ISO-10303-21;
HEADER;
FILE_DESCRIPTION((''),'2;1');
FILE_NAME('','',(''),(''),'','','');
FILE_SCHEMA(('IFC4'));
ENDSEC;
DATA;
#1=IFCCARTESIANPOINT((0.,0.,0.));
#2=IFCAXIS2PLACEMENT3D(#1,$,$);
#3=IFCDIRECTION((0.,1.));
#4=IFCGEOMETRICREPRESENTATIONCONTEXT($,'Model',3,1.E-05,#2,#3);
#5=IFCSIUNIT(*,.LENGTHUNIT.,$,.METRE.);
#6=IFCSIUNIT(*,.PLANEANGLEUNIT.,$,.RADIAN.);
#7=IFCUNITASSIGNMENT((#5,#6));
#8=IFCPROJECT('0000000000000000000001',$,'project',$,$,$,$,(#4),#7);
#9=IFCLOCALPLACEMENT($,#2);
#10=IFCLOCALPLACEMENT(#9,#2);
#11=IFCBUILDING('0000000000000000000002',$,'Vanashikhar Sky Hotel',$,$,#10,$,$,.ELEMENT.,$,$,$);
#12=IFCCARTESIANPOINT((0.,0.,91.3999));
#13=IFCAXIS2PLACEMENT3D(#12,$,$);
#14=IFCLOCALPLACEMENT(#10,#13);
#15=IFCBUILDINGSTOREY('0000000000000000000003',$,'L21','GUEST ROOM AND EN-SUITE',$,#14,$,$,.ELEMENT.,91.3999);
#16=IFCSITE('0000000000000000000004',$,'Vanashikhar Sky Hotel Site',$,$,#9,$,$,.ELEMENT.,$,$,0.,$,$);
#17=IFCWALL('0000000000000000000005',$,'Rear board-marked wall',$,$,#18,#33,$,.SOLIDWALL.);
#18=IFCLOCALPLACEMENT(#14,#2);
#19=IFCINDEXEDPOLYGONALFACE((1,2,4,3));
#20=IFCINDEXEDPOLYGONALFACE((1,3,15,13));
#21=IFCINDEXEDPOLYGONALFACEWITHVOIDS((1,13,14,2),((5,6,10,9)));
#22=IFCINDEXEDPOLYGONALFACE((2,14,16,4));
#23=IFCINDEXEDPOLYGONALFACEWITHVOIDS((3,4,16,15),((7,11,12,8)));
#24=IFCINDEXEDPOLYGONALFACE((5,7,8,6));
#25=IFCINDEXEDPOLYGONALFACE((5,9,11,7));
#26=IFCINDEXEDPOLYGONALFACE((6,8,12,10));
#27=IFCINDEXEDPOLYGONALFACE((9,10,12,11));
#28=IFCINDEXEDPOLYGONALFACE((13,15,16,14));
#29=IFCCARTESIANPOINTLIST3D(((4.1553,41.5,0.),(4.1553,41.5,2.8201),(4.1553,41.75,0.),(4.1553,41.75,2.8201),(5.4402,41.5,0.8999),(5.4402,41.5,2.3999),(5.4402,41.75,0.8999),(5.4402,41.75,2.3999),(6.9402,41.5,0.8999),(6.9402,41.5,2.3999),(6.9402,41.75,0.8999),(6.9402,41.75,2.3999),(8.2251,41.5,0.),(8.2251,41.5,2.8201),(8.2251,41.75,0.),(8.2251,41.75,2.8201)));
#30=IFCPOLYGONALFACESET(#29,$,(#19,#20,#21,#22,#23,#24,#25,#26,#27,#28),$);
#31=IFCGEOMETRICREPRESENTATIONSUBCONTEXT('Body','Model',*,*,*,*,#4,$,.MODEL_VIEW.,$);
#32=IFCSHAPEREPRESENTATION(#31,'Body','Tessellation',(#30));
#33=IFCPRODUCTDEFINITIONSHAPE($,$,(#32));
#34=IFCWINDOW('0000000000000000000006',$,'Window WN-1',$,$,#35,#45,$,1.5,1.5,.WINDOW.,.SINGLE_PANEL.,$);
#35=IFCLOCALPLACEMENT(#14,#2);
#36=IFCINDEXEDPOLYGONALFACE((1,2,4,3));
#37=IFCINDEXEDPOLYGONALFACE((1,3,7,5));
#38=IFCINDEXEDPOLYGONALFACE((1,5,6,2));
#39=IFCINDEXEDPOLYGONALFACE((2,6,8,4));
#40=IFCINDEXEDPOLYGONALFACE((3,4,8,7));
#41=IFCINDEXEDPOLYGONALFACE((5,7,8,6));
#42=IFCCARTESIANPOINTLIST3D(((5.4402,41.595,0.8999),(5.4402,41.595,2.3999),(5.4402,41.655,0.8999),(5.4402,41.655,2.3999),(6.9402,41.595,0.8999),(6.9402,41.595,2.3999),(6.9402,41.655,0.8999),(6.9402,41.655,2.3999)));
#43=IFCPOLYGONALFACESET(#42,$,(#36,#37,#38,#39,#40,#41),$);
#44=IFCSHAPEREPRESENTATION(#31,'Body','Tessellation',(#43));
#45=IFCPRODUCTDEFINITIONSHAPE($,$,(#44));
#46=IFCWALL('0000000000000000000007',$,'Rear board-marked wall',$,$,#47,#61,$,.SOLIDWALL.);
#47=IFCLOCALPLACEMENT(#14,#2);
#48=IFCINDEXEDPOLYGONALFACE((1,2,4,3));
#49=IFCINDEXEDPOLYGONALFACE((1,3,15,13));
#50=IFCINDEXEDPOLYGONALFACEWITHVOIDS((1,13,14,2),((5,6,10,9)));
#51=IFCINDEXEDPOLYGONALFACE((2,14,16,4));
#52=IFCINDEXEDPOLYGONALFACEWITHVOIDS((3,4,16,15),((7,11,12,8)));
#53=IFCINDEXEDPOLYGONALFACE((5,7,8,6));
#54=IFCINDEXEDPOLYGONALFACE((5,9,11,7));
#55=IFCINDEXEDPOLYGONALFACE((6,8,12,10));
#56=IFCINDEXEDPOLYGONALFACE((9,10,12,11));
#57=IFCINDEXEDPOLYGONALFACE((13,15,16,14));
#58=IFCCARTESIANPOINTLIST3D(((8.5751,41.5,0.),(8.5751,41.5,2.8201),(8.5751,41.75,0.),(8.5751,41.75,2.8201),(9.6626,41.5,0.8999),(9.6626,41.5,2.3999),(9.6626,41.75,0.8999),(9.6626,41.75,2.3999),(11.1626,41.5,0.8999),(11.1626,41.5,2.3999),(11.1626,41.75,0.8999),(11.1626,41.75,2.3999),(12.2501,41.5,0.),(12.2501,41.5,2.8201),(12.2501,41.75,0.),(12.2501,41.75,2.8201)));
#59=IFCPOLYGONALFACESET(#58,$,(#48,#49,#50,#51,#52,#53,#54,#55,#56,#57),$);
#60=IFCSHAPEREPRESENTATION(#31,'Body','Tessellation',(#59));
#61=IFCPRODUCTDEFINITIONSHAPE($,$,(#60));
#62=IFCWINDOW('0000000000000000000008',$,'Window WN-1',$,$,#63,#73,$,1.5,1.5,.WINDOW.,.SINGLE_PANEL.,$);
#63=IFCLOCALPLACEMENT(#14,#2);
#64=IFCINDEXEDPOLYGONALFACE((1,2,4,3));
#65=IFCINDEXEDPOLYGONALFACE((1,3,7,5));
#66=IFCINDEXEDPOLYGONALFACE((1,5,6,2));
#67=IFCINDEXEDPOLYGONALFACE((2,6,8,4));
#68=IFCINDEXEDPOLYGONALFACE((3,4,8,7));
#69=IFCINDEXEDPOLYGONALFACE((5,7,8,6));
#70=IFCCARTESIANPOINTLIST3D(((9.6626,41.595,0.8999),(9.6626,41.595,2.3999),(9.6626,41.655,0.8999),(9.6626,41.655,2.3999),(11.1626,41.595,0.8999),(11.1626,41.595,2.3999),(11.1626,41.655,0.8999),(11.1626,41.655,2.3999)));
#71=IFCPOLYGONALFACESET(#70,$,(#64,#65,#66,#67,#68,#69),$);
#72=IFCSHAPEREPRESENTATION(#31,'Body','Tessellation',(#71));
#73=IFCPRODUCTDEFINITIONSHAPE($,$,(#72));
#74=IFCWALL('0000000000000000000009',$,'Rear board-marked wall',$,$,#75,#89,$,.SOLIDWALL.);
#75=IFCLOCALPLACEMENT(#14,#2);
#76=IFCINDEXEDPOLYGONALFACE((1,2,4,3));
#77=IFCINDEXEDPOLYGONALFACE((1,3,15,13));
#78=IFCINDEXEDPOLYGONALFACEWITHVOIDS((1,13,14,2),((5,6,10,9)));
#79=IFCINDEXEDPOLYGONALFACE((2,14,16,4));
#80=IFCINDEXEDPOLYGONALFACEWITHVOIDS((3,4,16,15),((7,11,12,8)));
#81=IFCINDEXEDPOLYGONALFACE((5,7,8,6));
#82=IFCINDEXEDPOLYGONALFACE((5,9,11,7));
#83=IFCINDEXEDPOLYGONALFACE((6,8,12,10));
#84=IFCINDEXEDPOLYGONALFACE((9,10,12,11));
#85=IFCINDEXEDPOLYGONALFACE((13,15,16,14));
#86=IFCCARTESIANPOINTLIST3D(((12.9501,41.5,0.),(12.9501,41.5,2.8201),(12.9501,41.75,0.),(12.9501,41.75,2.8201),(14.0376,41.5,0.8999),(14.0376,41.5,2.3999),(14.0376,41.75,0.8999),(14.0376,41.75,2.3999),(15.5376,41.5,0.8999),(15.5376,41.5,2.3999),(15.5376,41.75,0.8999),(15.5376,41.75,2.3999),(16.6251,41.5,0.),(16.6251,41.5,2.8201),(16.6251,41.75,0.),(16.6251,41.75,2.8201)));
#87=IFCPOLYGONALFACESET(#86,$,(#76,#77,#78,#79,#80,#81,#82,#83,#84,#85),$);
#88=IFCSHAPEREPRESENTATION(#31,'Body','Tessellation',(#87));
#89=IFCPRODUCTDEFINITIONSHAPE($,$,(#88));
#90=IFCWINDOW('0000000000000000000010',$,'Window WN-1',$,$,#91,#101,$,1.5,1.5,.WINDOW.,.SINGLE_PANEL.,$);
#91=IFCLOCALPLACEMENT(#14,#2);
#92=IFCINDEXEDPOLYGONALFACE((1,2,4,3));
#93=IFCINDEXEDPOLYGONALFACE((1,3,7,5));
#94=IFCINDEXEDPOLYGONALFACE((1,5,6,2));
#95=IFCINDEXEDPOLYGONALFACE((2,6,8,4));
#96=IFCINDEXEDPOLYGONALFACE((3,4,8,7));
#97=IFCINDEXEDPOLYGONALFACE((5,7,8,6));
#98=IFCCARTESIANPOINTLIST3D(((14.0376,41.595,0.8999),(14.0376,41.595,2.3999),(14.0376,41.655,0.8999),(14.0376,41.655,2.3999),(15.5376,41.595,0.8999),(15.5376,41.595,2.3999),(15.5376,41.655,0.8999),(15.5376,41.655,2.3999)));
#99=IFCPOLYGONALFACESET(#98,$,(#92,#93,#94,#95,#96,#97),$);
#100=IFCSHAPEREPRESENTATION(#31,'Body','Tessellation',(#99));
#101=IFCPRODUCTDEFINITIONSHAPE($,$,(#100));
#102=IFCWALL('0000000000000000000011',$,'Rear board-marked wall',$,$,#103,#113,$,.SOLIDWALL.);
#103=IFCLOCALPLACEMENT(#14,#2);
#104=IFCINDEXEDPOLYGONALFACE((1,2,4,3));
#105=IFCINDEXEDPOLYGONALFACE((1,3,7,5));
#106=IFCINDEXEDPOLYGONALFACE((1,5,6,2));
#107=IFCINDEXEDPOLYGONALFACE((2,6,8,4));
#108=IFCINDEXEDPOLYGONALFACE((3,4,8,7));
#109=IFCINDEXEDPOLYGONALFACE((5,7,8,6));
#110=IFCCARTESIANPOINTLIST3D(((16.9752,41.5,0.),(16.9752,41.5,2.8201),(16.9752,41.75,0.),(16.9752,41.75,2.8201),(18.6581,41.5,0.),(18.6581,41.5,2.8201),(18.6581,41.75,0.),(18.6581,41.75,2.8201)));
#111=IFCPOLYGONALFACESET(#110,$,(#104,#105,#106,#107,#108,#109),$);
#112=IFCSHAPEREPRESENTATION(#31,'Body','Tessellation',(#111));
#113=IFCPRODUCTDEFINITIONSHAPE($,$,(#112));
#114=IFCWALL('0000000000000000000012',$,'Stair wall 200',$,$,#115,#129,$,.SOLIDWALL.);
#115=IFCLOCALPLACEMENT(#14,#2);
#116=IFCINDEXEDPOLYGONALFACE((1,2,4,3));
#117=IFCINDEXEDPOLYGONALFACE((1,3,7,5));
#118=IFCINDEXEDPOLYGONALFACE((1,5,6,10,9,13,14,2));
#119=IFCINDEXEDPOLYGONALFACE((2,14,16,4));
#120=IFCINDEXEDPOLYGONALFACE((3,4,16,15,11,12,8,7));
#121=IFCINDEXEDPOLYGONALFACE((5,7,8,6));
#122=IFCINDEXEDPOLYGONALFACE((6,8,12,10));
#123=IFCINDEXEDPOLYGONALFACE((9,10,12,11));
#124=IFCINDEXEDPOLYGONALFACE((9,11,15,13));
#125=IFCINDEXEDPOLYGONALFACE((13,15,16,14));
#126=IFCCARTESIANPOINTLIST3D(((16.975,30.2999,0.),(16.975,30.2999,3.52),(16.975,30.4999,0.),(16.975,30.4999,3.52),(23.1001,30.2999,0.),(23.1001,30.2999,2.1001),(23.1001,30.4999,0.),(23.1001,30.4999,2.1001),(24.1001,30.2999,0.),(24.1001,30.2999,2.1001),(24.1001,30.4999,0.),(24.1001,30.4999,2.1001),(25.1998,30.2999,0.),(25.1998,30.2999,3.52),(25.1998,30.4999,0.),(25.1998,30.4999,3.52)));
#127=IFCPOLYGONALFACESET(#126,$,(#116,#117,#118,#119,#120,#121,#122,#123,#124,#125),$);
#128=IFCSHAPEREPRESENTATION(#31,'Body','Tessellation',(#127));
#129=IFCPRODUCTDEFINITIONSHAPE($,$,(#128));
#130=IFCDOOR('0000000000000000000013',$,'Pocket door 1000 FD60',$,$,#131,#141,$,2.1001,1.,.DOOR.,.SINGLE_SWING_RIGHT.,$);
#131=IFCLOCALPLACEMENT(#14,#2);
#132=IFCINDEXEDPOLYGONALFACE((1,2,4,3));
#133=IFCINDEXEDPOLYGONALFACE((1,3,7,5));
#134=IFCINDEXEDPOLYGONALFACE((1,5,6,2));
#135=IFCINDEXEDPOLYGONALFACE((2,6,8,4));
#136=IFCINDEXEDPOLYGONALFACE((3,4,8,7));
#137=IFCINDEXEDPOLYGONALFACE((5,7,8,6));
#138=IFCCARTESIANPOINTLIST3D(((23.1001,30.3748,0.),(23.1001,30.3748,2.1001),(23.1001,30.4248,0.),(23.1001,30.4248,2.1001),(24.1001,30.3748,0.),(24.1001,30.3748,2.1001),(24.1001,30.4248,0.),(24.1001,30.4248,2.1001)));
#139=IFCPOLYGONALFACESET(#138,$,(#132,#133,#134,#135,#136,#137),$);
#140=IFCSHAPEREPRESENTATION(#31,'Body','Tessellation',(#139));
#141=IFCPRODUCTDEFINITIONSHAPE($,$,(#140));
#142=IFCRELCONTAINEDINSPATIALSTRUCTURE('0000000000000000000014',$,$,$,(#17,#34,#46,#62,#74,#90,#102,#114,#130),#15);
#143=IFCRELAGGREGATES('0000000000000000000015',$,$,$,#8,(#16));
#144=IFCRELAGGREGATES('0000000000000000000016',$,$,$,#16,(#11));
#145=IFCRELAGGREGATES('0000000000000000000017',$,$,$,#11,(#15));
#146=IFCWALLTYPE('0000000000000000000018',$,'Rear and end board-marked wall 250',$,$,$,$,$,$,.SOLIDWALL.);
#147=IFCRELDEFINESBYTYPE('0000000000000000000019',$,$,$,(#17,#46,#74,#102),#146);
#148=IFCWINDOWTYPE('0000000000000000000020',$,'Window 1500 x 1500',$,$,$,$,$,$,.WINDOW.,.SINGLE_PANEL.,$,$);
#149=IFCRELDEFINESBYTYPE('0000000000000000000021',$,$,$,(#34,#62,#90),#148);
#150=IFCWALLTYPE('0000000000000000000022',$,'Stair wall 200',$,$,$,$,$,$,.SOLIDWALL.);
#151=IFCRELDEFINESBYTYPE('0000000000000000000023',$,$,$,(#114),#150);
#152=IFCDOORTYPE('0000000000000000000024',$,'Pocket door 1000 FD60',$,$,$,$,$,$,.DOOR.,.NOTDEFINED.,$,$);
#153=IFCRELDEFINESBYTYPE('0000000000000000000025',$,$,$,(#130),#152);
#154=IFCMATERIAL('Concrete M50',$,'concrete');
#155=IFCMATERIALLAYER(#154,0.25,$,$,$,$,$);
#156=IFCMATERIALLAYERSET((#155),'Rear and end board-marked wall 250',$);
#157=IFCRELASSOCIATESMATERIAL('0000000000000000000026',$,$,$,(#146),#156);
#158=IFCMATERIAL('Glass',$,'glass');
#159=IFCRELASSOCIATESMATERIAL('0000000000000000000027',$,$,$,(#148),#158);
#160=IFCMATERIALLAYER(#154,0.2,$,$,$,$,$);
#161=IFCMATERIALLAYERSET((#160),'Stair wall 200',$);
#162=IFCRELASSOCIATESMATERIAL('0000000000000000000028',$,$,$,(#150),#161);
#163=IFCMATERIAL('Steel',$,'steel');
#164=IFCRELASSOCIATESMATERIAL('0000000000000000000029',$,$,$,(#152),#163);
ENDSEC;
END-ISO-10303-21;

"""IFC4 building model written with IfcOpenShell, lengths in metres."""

from ifc_helpers import new_model, si_unit, direction, frame, frame_2d, origin, place, context, subcontext, project, spatial, rectangle, extrude, source, transform, mapped, material, layer, layer_set, type_object, element, fill, save


model = new_model("IFC4")

# Units and contexts
model_context = context("Model", 3, precision=1e-05, world=origin(), true_north=direction((0.0, 1.0)))
body_context = subcontext(model_context, "Body", "Model", "MODEL_VIEW")
ifc_project = project(units=[si_unit("LENGTHUNIT", "METRE"), si_unit("PLANEANGLEUNIT", "RADIAN")], contexts=[model_context])

# Site, building, storey
site_placement = place(None, origin())
site = spatial("IfcSite", under=ifc_project, at=site_placement, Name="Vanashikhar Sky Hotel Site", CompositionType="ELEMENT", RefElevation=0.0)
building_placement = place(site_placement, origin())
building = spatial("IfcBuilding", under=site, at=building_placement, Name="Vanashikhar Sky Hotel", CompositionType="ELEMENT")
storey_placement = place(building_placement, frame((0.0, 0.0, 91.3999)))
storey = spatial("IfcBuildingStorey", under=building, at=storey_placement, Name="L21", Description="GUEST ROOM AND EN-SUITE", CompositionType="ELEMENT", Elevation=91.3999)

# Shared definitions
ifc_material_1 = material(Name="Concrete M50", Category="concrete")

# Shared definitions
ifc_material_2 = material(Name="Glass", Category="glass")

# Walls, openings, windows
ifc_layer_1 = layer(ifc_material_1, 0.25)
ifc_layer_set_1 = layer_set([ifc_layer_1], Name="Rear and end board-marked wall 250")
wall_type_1 = type_object("IfcWallType", Name="Rear and end board-marked wall 250", PredefinedType="SOLIDWALL", material=ifc_layer_set_1)
shared_shape_1 = source(origin(), body_context, "Body", "SweptSolid", [
    extrude(rectangle(XDim=4.0698, YDim=0.25, at=frame_2d((2.0349, 0.0))), origin(), (0.0, 0.0, 1.0), 2.8201),
])
wall_1_placement = place(storey_placement, frame((8.2251, 41.625, 0.0), z_axis=(0.0, 0.0, 1.0), x_axis=(-1.0, 0.0, 0.0)))
wall_1 = element("IfcWall", 1, at=wall_1_placement, inside=storey, type_object=wall_type_1, Name="Rear board-marked wall", PredefinedType="SOLIDWALL", context=body_context, shape_type="MappedRepresentation", body=[
    mapped(shared_shape_1, transform((0.0, 0.0, 0.0), scale=1.0)),
])
shared_shape_2 = source(origin(), body_context, "Body", "SweptSolid", [
    extrude(rectangle(XDim=1.5, YDim=1.5, at=frame_2d((0.75, 0.75))), frame((0.0, 0.135, 0.0), z_axis=(0.0, -1.0, 0.0), x_axis=(1.0, 0.0, 0.0)), (0.0, 0.0, 1.0), 0.27),
])
opening_1_placement = place(wall_1_placement, frame((1.2849, 0.0, 0.8999)))
opening_1 = element("IfcOpeningElement", 2, at=opening_1_placement, cuts=wall_1, PredefinedType="OPENING", context=body_context, shape_type="MappedRepresentation", body=[
    mapped(shared_shape_2, transform((0.0, 0.0, 0.0), scale=1.0)),
])
window_type_1 = type_object("IfcWindowType", Name="Window 1500 x 1500", PartitioningType="SINGLE_PANEL", PredefinedType="WINDOW", material=ifc_material_2)
shared_shape_3 = source(origin(), body_context, "Body", "SweptSolid", [
    extrude(rectangle(XDim=1.5, YDim=1.5, at=frame_2d((0.75, 0.75))), frame((0.0, 0.03, 0.0), z_axis=(0.0, -1.0, 0.0), x_axis=(1.0, 0.0, 0.0)), (0.0, 0.0, 1.0), 0.0601),
])
window_1_placement = place(opening_1_placement, origin())
window_1 = element("IfcWindow", 3, at=window_1_placement, inside=storey, type_object=window_type_1, Name="Window WN-1", OverallHeight=1.5, OverallWidth=1.5, PartitioningType="SINGLE_PANEL", PredefinedType="WINDOW", context=body_context, shape_type="MappedRepresentation", body=[
    mapped(shared_shape_3, transform((0.0, 0.0, 0.0), scale=1.0)),
])
fill(opening_1, window_1)
shared_shape_4 = source(origin(), body_context, "Body", "SweptSolid", [
    extrude(rectangle(XDim=3.675, YDim=0.25, at=frame_2d((1.8374, 0.0))), origin(), (0.0, 0.0, 1.0), 2.8201),
])
wall_2_placement = place(storey_placement, frame((12.25, 41.625, 0.0), z_axis=(0.0, 0.0, 1.0), x_axis=(-1.0, 0.0, 0.0)))
wall_2 = element("IfcWall", 4, at=wall_2_placement, inside=storey, type_object=wall_type_1, Name="Rear board-marked wall", PredefinedType="SOLIDWALL", context=body_context, shape_type="MappedRepresentation", body=[
    mapped(shared_shape_4, transform((0.0, 0.0, 0.0), scale=1.0)),
])
opening_2_placement = place(wall_2_placement, frame((1.0874, 0.0, 0.8999)))
opening_2 = element("IfcOpeningElement", 5, at=opening_2_placement, cuts=wall_2, PredefinedType="OPENING", context=body_context, shape_type="MappedRepresentation", body=[
    mapped(shared_shape_2, transform((0.0, 0.0, 0.0), scale=1.0)),
])
window_2_placement = place(opening_2_placement, origin())
window_2 = element("IfcWindow", 6, at=window_2_placement, inside=storey, type_object=window_type_1, Name="Window WN-1", OverallHeight=1.5, OverallWidth=1.5, PartitioningType="SINGLE_PANEL", PredefinedType="WINDOW", context=body_context, shape_type="MappedRepresentation", body=[
    mapped(shared_shape_3, transform((0.0, 0.0, 0.0), scale=1.0)),
])
fill(opening_2, window_2)
wall_3_placement = place(storey_placement, frame((16.625, 41.625, 0.0), z_axis=(0.0, 0.0, 1.0), x_axis=(-1.0, 0.0, 0.0)))
wall_3 = element("IfcWall", 7, at=wall_3_placement, inside=storey, type_object=wall_type_1, Name="Rear board-marked wall", PredefinedType="SOLIDWALL", context=body_context, shape_type="MappedRepresentation", body=[
    mapped(shared_shape_4, transform((0.0, 0.0, 0.0), scale=1.0)),
])
opening_3_placement = place(wall_3_placement, frame((1.0874, 0.0, 0.8999)))
opening_3 = element("IfcOpeningElement", 8, at=opening_3_placement, cuts=wall_3, PredefinedType="OPENING", context=body_context, shape_type="MappedRepresentation", body=[
    mapped(shared_shape_2, transform((0.0, 0.0, 0.0), scale=1.0)),
])
window_3_placement = place(opening_3_placement, origin())
window_3 = element("IfcWindow", 9, at=window_3_placement, inside=storey, type_object=window_type_1, Name="Window WN-1", OverallHeight=1.5, OverallWidth=1.5, PartitioningType="SINGLE_PANEL", PredefinedType="WINDOW", context=body_context, shape_type="MappedRepresentation", body=[
    mapped(shared_shape_3, transform((0.0, 0.0, 0.0), scale=1.0)),
])
fill(opening_3, window_3)

# Wall
shared_shape_5 = source(origin(), body_context, "Body", "SweptSolid", [
    extrude(rectangle(XDim=1.6829, YDim=0.25, at=frame_2d((0.8413, 0.0))), origin(), (0.0, 0.0, 1.0), 2.8201),
])
wall_4_placement = place(storey_placement, frame((18.658, 41.625, 0.0), z_axis=(0.0, 0.0, 1.0), x_axis=(-1.0, 0.0, 0.0)))
element("IfcWall", 10, at=wall_4_placement, inside=storey, type_object=wall_type_1, Name="Rear board-marked wall", PredefinedType="SOLIDWALL", context=body_context, shape_type="MappedRepresentation", body=[
    mapped(shared_shape_5, transform((0.0, 0.0, 0.0), scale=1.0)),
])

# Wall, opening, door
ifc_layer_2 = layer(ifc_material_1, 0.2)
ifc_layer_set_2 = layer_set([ifc_layer_2], Name="Stair wall 200")
wall_type_2 = type_object("IfcWallType", Name="Stair wall 200", PredefinedType="SOLIDWALL", material=ifc_layer_set_2)
shared_shape_6 = source(origin(), body_context, "Body", "SweptSolid", [
    extrude(rectangle(XDim=8.2249, YDim=0.2, at=frame_2d((4.1123, 0.0))), origin(), (0.0, 0.0, 1.0), 3.52),
])
wall_5_placement = place(storey_placement, frame((16.9751, 30.3999, 0.0), z_axis=(0.0, 0.0, 1.0), x_axis=(1.0, 0.0, 0.0)))
wall_5 = element("IfcWall", 11, at=wall_5_placement, inside=storey, type_object=wall_type_2, Name="Stair wall 200", PredefinedType="SOLIDWALL", context=body_context, shape_type="MappedRepresentation", body=[
    mapped(shared_shape_6, transform((0.0, 0.0, 0.0), scale=1.0)),
])
shared_shape_7 = source(origin(), body_context, "Body", "SweptSolid", [
    extrude(rectangle(XDim=1.0, YDim=2.1001, at=frame_2d((0.5, 1.05))), frame((0.0, 0.1099, 0.0), z_axis=(0.0, -1.0, 0.0), x_axis=(1.0, 0.0, 0.0)), (0.0, 0.0, 1.0), 0.22),
])
opening_4_placement = place(wall_5_placement, frame((6.125, 0.0, 0.0)))
opening_4 = element("IfcOpeningElement", 12, at=opening_4_placement, cuts=wall_5, PredefinedType="OPENING", context=body_context, shape_type="MappedRepresentation", body=[
    mapped(shared_shape_7, transform((0.0, 0.0, 0.0), scale=1.0)),
])
ifc_material_3 = material(Name="Steel", Category="steel")
door_type_1 = type_object("IfcDoorType", Name="Pocket door 1000 FD60", OperationType="NOTDEFINED", PredefinedType="DOOR", material=ifc_material_3)
shared_shape_8 = source(origin(), body_context, "Body", "SweptSolid", [
    extrude(rectangle(XDim=1.0, YDim=2.1001, at=frame_2d((0.5, 1.05))), frame((0.0, 0.0249, 0.0), z_axis=(0.0, -1.0, 0.0), x_axis=(1.0, 0.0, 0.0)), (0.0, 0.0, 1.0), 0.05),
])
door_1_placement = place(opening_4_placement, origin())
door_1 = element("IfcDoor", 13, at=door_1_placement, inside=storey, type_object=door_type_1, Name="Pocket door 1000 FD60", OperationType="SINGLE_SWING_RIGHT", OverallHeight=2.1001, OverallWidth=1.0, PredefinedType="DOOR", context=body_context, shape_type="MappedRepresentation", body=[
    mapped(shared_shape_8, transform((0.0, 0.0, 0.0), scale=1.0)),
])
fill(opening_4, door_1)

save(model, "model.ifc")
